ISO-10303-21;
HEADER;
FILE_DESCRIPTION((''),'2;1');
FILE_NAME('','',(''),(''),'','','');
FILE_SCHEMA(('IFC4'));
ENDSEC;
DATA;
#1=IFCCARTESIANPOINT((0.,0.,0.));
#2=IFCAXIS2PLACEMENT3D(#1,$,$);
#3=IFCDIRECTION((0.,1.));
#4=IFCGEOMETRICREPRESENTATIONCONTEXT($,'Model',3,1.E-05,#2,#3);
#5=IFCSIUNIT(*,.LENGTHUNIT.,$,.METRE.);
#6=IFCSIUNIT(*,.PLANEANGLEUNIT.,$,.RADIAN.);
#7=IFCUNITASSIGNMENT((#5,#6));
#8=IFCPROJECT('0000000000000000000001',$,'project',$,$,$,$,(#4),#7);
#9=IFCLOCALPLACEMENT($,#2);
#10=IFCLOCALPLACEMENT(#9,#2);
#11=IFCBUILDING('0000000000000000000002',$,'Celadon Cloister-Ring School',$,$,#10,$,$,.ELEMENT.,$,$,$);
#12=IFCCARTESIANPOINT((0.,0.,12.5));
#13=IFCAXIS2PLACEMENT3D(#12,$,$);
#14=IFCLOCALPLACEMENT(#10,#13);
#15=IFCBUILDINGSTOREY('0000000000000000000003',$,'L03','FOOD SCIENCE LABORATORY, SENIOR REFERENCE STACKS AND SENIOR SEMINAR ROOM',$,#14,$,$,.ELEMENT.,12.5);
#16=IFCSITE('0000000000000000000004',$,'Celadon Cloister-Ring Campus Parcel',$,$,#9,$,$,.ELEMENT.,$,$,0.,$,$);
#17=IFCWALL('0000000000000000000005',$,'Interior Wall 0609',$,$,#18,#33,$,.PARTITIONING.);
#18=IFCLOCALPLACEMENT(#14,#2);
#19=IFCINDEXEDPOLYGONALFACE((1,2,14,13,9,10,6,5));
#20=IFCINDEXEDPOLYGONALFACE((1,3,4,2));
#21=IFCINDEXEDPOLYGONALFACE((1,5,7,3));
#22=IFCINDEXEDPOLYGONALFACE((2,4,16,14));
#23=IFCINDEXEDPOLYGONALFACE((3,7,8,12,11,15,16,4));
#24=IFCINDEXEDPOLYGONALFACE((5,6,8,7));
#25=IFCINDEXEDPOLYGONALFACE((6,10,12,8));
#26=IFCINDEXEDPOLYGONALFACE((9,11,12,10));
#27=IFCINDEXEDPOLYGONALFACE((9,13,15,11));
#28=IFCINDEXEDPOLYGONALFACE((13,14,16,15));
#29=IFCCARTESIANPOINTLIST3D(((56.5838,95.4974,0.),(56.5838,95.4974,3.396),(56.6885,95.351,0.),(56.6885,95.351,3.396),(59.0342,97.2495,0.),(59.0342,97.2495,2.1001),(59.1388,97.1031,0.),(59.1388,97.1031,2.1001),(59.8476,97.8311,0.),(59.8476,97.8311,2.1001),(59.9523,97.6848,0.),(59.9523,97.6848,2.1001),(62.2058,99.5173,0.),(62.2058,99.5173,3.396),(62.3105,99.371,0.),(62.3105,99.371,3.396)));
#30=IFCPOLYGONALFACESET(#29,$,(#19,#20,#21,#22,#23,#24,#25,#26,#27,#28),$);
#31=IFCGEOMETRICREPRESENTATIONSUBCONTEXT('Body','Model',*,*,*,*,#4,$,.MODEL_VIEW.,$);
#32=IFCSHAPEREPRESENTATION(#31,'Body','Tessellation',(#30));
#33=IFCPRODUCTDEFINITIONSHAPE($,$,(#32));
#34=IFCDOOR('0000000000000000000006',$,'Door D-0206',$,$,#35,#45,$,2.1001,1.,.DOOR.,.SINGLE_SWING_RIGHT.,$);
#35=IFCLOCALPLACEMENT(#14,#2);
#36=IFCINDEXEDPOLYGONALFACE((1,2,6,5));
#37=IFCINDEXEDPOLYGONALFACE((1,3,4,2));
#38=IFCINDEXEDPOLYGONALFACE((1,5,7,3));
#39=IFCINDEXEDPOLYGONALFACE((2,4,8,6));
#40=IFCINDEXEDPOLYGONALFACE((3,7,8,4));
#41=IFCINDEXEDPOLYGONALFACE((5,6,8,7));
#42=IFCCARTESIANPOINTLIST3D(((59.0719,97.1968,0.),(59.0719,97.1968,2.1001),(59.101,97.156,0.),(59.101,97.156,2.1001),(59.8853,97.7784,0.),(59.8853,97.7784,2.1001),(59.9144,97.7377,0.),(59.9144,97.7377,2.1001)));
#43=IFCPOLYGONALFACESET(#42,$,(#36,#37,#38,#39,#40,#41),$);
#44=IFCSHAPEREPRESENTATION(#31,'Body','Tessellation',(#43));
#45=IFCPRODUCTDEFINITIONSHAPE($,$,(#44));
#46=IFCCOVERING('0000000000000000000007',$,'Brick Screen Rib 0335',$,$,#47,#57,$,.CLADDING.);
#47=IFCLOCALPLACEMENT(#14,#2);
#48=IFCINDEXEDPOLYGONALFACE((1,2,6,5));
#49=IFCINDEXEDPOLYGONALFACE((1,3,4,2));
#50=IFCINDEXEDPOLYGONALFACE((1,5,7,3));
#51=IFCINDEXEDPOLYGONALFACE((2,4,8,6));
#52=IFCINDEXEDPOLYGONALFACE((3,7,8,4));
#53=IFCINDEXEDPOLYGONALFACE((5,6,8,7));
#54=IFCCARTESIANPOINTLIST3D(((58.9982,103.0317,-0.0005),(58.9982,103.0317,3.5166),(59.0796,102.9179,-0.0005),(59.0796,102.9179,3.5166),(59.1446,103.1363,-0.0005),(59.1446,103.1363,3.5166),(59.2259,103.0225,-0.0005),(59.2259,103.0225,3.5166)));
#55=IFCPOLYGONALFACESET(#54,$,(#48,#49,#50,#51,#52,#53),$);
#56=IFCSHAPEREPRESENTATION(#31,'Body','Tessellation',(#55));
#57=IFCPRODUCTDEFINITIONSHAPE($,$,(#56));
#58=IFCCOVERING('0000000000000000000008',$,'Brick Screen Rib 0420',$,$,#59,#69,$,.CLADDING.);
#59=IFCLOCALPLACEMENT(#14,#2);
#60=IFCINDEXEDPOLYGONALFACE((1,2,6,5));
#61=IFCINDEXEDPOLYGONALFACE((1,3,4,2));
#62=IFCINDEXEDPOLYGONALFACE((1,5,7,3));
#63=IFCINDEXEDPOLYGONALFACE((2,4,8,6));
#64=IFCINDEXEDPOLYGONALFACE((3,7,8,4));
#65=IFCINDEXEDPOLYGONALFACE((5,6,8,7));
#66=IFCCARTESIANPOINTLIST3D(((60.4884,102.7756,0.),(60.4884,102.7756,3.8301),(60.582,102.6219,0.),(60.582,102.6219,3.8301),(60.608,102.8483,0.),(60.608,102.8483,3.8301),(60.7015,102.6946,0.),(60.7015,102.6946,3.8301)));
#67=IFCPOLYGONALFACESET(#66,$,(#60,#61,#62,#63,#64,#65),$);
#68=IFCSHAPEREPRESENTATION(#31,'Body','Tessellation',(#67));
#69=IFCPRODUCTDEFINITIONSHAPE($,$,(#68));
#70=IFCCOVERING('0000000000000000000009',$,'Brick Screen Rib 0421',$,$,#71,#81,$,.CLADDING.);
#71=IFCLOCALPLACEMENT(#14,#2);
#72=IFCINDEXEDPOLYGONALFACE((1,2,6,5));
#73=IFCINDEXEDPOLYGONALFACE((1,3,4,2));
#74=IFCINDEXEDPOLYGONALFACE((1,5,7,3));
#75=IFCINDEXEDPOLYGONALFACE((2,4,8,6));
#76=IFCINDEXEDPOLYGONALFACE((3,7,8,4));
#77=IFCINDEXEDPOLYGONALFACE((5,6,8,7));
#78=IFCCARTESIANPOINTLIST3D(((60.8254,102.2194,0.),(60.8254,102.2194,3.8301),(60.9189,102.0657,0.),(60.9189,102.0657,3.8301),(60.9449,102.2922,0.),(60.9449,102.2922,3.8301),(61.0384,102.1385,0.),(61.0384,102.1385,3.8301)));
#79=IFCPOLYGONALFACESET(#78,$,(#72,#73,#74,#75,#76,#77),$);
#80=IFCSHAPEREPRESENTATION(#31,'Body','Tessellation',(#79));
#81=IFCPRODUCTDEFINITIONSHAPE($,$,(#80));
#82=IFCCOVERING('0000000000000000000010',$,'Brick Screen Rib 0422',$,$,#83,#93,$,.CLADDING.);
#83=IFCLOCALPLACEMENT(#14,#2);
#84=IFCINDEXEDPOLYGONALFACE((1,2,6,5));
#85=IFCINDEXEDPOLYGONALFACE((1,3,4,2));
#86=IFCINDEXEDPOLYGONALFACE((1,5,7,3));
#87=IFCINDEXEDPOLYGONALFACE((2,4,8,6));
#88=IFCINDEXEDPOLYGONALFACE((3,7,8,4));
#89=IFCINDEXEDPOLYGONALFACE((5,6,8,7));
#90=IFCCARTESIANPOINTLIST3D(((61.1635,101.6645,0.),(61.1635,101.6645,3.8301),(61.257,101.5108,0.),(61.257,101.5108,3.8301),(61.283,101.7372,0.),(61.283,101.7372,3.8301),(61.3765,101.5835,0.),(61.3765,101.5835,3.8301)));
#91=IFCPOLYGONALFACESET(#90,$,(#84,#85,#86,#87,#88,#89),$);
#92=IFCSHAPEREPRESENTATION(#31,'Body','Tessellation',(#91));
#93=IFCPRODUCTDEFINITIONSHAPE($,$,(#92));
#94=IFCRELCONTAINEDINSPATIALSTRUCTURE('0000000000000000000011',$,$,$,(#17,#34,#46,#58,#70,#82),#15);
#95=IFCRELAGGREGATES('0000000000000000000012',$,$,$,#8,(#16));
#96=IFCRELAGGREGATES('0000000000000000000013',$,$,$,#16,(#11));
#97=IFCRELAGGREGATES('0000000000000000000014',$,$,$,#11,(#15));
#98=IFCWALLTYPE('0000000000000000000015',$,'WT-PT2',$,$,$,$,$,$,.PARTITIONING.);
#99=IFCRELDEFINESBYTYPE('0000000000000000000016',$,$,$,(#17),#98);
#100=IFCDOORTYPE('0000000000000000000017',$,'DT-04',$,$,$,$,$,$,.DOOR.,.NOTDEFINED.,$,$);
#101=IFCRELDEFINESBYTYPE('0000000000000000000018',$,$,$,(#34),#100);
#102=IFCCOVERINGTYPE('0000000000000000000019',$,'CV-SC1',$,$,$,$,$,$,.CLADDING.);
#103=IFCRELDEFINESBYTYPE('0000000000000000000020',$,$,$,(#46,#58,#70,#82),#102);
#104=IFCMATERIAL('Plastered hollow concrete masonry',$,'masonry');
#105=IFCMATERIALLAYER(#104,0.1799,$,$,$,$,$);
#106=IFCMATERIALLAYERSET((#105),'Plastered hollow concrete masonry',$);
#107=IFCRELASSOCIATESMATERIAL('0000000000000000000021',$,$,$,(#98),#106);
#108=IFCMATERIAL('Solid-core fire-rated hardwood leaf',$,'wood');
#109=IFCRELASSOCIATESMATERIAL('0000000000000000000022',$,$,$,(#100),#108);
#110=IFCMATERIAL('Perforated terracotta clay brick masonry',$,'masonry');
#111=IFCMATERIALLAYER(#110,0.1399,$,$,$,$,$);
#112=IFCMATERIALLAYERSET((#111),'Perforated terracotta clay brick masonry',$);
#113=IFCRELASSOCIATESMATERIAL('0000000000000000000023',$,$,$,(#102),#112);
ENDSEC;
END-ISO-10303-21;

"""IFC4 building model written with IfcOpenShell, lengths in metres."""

from ifc_helpers import new_model, si_unit, direction, frame, frame_2d, origin, origin_2d, place, context, subcontext, project, spatial, rectangle, extrude, material, layer, layer_set, type_object, element, fill, save


model = new_model("IFC4")

# Units and contexts
model_context = context("Model", 3, precision=1e-05, world=origin(), true_north=direction((0.0, 1.0)))
body_context = subcontext(model_context, "Body", "Model", "MODEL_VIEW")
ifc_project = project(units=[si_unit("LENGTHUNIT", "METRE"), si_unit("PLANEANGLEUNIT", "RADIAN")], contexts=[model_context])

# Site, building, storey
site_placement = place(None, origin())
site = spatial("IfcSite", under=ifc_project, at=site_placement, Name="Celadon Cloister-Ring Campus Parcel", CompositionType="ELEMENT", RefElevation=0.0)
building_placement = place(site_placement, origin())
building = spatial("IfcBuilding", under=site, at=building_placement, Name="Celadon Cloister-Ring School", CompositionType="ELEMENT")
storey_placement = place(building_placement, frame((0.0, 0.0, 12.5)))
storey = spatial("IfcBuildingStorey", under=building, at=storey_placement, Name="L03", Description="FOOD SCIENCE LABORATORY, SENIOR REFERENCE STACKS AND SENIOR SEMINAR ROOM", CompositionType="ELEMENT", Elevation=12.5)

# Wall, opening, door
ifc_material_1 = material(Name="Plastered hollow concrete masonry", Category="masonry")
ifc_layer_1 = layer(ifc_material_1, 0.1799)
ifc_layer_set_1 = layer_set([ifc_layer_1], Name="Plastered hollow concrete masonry")
wall_type_1 = type_object("IfcWallType", Name="WT-PT2", PredefinedType="PARTITIONING", material=ifc_layer_set_1)
wall_1_placement = place(storey_placement, frame((62.2581, 99.4441, 0.0), z_axis=(0.0, 0.0, 1.0), x_axis=(-0.813442, -0.581646, 0.0)))
wall_1 = element("IfcWall", 1, at=wall_1_placement, inside=storey, type_object=wall_type_1, Name="Interior Wall 0609", PredefinedType="PARTITIONING", context=body_context, shape_type="SweptSolid", body=[
    extrude(rectangle(XDim=6.9114, YDim=0.1799, at=frame_2d((3.4556, 0.0))), origin(), (0.0, 0.0, 1.0), 3.396),
])
opening_1_placement = place(wall_1_placement, frame((2.8989, 0.0, 0.0)))
opening_1 = element("IfcOpeningElement", 2, at=opening_1_placement, cuts=wall_1, PredefinedType="OPENING", context=body_context, shape_type="SweptSolid", body=[
    extrude(rectangle(XDim=1.0, YDim=2.1001, at=frame_2d((0.5, 1.05))), frame((0.0, 0.1001, 0.0), z_axis=(0.0, -1.0, 0.0), x_axis=(1.0, 0.0, 0.0)), (0.0, 0.0, 1.0), 0.2),
])
ifc_material_2 = material(Name="Solid-core fire-rated hardwood leaf", Category="wood")
door_type = type_object("IfcDoorType", Name="DT-04", OperationType="NOTDEFINED", PredefinedType="DOOR", material=ifc_material_2)
door_placement = place(opening_1_placement, origin())
door = element("IfcDoor", 3, at=door_placement, inside=storey, type_object=door_type, Name="Door D-0206", OperationType="SINGLE_SWING_RIGHT", OverallHeight=2.1001, OverallWidth=1.0, PredefinedType="DOOR", context=body_context, shape_type="SweptSolid", body=[
    extrude(rectangle(XDim=1.0, YDim=2.1001, at=frame_2d((0.5, 1.05))), frame((0.0, 0.0249, 0.0), z_axis=(0.0, -1.0, 0.0), x_axis=(1.0, 0.0, 0.0)), (0.0, 0.0, 1.0), 0.05),
])
fill(opening_1, door)

# Coverings
ifc_material_3 = material(Name="Perforated terracotta clay brick masonry", Category="masonry")
ifc_layer_2 = layer(ifc_material_3, 0.1399)
ifc_layer_set_2 = layer_set([ifc_layer_2], Name="Perforated terracotta clay brick masonry")
covering_type = type_object("IfcCoveringType", Name="CV-SC1", PredefinedType="CLADDING", material=ifc_layer_set_2)
covering_placement = place(storey_placement, frame((59.1121, 103.0271, -0.0005), z_axis=(0.0, 0.0, 1.0), x_axis=(0.813416, 0.581683, 0.0)))
element("IfcCovering", 4, at=covering_placement, inside=storey, type_object=covering_type, Name="Brick Screen Rib 0335", PredefinedType="CLADDING", context=body_context, shape_type="SweptSolid", body=[
    extrude(rectangle(XDim=0.1799, YDim=0.1399, at=origin_2d()), origin(), (0.0, 0.0, 1.0), 3.5171),
])
for number, where, z_axis, x_axis, name in (
    (5, (60.595, 102.7351, 0.0), (0.0, 0.0, 1.0), (0.519862, -0.85425, 0.0), "Brick Screen Rib 0420"),
    (6, (60.9319, 102.179, 0.0), (0.0, 0.0, 1.0), (0.519862, -0.85425, 0.0), "Brick Screen Rib 0421"),
    (7, (61.27, 101.624, 0.0), (0.0, 0.0, 1.0), (0.519862, -0.85425, 0.0), "Brick Screen Rib 0422"),
):
    element("IfcCovering", number, at=place(storey_placement, frame(where, z_axis=z_axis, x_axis=x_axis)), inside=storey, type_object=covering_type, Name=name, PredefinedType="CLADDING", context=body_context, shape_type="SweptSolid", body=[
        extrude(rectangle(XDim=0.1799, YDim=0.1399, at=origin_2d()), origin(), (0.0, 0.0, 1.0), 3.8301),
    ])

save(model, "model.ifc")
